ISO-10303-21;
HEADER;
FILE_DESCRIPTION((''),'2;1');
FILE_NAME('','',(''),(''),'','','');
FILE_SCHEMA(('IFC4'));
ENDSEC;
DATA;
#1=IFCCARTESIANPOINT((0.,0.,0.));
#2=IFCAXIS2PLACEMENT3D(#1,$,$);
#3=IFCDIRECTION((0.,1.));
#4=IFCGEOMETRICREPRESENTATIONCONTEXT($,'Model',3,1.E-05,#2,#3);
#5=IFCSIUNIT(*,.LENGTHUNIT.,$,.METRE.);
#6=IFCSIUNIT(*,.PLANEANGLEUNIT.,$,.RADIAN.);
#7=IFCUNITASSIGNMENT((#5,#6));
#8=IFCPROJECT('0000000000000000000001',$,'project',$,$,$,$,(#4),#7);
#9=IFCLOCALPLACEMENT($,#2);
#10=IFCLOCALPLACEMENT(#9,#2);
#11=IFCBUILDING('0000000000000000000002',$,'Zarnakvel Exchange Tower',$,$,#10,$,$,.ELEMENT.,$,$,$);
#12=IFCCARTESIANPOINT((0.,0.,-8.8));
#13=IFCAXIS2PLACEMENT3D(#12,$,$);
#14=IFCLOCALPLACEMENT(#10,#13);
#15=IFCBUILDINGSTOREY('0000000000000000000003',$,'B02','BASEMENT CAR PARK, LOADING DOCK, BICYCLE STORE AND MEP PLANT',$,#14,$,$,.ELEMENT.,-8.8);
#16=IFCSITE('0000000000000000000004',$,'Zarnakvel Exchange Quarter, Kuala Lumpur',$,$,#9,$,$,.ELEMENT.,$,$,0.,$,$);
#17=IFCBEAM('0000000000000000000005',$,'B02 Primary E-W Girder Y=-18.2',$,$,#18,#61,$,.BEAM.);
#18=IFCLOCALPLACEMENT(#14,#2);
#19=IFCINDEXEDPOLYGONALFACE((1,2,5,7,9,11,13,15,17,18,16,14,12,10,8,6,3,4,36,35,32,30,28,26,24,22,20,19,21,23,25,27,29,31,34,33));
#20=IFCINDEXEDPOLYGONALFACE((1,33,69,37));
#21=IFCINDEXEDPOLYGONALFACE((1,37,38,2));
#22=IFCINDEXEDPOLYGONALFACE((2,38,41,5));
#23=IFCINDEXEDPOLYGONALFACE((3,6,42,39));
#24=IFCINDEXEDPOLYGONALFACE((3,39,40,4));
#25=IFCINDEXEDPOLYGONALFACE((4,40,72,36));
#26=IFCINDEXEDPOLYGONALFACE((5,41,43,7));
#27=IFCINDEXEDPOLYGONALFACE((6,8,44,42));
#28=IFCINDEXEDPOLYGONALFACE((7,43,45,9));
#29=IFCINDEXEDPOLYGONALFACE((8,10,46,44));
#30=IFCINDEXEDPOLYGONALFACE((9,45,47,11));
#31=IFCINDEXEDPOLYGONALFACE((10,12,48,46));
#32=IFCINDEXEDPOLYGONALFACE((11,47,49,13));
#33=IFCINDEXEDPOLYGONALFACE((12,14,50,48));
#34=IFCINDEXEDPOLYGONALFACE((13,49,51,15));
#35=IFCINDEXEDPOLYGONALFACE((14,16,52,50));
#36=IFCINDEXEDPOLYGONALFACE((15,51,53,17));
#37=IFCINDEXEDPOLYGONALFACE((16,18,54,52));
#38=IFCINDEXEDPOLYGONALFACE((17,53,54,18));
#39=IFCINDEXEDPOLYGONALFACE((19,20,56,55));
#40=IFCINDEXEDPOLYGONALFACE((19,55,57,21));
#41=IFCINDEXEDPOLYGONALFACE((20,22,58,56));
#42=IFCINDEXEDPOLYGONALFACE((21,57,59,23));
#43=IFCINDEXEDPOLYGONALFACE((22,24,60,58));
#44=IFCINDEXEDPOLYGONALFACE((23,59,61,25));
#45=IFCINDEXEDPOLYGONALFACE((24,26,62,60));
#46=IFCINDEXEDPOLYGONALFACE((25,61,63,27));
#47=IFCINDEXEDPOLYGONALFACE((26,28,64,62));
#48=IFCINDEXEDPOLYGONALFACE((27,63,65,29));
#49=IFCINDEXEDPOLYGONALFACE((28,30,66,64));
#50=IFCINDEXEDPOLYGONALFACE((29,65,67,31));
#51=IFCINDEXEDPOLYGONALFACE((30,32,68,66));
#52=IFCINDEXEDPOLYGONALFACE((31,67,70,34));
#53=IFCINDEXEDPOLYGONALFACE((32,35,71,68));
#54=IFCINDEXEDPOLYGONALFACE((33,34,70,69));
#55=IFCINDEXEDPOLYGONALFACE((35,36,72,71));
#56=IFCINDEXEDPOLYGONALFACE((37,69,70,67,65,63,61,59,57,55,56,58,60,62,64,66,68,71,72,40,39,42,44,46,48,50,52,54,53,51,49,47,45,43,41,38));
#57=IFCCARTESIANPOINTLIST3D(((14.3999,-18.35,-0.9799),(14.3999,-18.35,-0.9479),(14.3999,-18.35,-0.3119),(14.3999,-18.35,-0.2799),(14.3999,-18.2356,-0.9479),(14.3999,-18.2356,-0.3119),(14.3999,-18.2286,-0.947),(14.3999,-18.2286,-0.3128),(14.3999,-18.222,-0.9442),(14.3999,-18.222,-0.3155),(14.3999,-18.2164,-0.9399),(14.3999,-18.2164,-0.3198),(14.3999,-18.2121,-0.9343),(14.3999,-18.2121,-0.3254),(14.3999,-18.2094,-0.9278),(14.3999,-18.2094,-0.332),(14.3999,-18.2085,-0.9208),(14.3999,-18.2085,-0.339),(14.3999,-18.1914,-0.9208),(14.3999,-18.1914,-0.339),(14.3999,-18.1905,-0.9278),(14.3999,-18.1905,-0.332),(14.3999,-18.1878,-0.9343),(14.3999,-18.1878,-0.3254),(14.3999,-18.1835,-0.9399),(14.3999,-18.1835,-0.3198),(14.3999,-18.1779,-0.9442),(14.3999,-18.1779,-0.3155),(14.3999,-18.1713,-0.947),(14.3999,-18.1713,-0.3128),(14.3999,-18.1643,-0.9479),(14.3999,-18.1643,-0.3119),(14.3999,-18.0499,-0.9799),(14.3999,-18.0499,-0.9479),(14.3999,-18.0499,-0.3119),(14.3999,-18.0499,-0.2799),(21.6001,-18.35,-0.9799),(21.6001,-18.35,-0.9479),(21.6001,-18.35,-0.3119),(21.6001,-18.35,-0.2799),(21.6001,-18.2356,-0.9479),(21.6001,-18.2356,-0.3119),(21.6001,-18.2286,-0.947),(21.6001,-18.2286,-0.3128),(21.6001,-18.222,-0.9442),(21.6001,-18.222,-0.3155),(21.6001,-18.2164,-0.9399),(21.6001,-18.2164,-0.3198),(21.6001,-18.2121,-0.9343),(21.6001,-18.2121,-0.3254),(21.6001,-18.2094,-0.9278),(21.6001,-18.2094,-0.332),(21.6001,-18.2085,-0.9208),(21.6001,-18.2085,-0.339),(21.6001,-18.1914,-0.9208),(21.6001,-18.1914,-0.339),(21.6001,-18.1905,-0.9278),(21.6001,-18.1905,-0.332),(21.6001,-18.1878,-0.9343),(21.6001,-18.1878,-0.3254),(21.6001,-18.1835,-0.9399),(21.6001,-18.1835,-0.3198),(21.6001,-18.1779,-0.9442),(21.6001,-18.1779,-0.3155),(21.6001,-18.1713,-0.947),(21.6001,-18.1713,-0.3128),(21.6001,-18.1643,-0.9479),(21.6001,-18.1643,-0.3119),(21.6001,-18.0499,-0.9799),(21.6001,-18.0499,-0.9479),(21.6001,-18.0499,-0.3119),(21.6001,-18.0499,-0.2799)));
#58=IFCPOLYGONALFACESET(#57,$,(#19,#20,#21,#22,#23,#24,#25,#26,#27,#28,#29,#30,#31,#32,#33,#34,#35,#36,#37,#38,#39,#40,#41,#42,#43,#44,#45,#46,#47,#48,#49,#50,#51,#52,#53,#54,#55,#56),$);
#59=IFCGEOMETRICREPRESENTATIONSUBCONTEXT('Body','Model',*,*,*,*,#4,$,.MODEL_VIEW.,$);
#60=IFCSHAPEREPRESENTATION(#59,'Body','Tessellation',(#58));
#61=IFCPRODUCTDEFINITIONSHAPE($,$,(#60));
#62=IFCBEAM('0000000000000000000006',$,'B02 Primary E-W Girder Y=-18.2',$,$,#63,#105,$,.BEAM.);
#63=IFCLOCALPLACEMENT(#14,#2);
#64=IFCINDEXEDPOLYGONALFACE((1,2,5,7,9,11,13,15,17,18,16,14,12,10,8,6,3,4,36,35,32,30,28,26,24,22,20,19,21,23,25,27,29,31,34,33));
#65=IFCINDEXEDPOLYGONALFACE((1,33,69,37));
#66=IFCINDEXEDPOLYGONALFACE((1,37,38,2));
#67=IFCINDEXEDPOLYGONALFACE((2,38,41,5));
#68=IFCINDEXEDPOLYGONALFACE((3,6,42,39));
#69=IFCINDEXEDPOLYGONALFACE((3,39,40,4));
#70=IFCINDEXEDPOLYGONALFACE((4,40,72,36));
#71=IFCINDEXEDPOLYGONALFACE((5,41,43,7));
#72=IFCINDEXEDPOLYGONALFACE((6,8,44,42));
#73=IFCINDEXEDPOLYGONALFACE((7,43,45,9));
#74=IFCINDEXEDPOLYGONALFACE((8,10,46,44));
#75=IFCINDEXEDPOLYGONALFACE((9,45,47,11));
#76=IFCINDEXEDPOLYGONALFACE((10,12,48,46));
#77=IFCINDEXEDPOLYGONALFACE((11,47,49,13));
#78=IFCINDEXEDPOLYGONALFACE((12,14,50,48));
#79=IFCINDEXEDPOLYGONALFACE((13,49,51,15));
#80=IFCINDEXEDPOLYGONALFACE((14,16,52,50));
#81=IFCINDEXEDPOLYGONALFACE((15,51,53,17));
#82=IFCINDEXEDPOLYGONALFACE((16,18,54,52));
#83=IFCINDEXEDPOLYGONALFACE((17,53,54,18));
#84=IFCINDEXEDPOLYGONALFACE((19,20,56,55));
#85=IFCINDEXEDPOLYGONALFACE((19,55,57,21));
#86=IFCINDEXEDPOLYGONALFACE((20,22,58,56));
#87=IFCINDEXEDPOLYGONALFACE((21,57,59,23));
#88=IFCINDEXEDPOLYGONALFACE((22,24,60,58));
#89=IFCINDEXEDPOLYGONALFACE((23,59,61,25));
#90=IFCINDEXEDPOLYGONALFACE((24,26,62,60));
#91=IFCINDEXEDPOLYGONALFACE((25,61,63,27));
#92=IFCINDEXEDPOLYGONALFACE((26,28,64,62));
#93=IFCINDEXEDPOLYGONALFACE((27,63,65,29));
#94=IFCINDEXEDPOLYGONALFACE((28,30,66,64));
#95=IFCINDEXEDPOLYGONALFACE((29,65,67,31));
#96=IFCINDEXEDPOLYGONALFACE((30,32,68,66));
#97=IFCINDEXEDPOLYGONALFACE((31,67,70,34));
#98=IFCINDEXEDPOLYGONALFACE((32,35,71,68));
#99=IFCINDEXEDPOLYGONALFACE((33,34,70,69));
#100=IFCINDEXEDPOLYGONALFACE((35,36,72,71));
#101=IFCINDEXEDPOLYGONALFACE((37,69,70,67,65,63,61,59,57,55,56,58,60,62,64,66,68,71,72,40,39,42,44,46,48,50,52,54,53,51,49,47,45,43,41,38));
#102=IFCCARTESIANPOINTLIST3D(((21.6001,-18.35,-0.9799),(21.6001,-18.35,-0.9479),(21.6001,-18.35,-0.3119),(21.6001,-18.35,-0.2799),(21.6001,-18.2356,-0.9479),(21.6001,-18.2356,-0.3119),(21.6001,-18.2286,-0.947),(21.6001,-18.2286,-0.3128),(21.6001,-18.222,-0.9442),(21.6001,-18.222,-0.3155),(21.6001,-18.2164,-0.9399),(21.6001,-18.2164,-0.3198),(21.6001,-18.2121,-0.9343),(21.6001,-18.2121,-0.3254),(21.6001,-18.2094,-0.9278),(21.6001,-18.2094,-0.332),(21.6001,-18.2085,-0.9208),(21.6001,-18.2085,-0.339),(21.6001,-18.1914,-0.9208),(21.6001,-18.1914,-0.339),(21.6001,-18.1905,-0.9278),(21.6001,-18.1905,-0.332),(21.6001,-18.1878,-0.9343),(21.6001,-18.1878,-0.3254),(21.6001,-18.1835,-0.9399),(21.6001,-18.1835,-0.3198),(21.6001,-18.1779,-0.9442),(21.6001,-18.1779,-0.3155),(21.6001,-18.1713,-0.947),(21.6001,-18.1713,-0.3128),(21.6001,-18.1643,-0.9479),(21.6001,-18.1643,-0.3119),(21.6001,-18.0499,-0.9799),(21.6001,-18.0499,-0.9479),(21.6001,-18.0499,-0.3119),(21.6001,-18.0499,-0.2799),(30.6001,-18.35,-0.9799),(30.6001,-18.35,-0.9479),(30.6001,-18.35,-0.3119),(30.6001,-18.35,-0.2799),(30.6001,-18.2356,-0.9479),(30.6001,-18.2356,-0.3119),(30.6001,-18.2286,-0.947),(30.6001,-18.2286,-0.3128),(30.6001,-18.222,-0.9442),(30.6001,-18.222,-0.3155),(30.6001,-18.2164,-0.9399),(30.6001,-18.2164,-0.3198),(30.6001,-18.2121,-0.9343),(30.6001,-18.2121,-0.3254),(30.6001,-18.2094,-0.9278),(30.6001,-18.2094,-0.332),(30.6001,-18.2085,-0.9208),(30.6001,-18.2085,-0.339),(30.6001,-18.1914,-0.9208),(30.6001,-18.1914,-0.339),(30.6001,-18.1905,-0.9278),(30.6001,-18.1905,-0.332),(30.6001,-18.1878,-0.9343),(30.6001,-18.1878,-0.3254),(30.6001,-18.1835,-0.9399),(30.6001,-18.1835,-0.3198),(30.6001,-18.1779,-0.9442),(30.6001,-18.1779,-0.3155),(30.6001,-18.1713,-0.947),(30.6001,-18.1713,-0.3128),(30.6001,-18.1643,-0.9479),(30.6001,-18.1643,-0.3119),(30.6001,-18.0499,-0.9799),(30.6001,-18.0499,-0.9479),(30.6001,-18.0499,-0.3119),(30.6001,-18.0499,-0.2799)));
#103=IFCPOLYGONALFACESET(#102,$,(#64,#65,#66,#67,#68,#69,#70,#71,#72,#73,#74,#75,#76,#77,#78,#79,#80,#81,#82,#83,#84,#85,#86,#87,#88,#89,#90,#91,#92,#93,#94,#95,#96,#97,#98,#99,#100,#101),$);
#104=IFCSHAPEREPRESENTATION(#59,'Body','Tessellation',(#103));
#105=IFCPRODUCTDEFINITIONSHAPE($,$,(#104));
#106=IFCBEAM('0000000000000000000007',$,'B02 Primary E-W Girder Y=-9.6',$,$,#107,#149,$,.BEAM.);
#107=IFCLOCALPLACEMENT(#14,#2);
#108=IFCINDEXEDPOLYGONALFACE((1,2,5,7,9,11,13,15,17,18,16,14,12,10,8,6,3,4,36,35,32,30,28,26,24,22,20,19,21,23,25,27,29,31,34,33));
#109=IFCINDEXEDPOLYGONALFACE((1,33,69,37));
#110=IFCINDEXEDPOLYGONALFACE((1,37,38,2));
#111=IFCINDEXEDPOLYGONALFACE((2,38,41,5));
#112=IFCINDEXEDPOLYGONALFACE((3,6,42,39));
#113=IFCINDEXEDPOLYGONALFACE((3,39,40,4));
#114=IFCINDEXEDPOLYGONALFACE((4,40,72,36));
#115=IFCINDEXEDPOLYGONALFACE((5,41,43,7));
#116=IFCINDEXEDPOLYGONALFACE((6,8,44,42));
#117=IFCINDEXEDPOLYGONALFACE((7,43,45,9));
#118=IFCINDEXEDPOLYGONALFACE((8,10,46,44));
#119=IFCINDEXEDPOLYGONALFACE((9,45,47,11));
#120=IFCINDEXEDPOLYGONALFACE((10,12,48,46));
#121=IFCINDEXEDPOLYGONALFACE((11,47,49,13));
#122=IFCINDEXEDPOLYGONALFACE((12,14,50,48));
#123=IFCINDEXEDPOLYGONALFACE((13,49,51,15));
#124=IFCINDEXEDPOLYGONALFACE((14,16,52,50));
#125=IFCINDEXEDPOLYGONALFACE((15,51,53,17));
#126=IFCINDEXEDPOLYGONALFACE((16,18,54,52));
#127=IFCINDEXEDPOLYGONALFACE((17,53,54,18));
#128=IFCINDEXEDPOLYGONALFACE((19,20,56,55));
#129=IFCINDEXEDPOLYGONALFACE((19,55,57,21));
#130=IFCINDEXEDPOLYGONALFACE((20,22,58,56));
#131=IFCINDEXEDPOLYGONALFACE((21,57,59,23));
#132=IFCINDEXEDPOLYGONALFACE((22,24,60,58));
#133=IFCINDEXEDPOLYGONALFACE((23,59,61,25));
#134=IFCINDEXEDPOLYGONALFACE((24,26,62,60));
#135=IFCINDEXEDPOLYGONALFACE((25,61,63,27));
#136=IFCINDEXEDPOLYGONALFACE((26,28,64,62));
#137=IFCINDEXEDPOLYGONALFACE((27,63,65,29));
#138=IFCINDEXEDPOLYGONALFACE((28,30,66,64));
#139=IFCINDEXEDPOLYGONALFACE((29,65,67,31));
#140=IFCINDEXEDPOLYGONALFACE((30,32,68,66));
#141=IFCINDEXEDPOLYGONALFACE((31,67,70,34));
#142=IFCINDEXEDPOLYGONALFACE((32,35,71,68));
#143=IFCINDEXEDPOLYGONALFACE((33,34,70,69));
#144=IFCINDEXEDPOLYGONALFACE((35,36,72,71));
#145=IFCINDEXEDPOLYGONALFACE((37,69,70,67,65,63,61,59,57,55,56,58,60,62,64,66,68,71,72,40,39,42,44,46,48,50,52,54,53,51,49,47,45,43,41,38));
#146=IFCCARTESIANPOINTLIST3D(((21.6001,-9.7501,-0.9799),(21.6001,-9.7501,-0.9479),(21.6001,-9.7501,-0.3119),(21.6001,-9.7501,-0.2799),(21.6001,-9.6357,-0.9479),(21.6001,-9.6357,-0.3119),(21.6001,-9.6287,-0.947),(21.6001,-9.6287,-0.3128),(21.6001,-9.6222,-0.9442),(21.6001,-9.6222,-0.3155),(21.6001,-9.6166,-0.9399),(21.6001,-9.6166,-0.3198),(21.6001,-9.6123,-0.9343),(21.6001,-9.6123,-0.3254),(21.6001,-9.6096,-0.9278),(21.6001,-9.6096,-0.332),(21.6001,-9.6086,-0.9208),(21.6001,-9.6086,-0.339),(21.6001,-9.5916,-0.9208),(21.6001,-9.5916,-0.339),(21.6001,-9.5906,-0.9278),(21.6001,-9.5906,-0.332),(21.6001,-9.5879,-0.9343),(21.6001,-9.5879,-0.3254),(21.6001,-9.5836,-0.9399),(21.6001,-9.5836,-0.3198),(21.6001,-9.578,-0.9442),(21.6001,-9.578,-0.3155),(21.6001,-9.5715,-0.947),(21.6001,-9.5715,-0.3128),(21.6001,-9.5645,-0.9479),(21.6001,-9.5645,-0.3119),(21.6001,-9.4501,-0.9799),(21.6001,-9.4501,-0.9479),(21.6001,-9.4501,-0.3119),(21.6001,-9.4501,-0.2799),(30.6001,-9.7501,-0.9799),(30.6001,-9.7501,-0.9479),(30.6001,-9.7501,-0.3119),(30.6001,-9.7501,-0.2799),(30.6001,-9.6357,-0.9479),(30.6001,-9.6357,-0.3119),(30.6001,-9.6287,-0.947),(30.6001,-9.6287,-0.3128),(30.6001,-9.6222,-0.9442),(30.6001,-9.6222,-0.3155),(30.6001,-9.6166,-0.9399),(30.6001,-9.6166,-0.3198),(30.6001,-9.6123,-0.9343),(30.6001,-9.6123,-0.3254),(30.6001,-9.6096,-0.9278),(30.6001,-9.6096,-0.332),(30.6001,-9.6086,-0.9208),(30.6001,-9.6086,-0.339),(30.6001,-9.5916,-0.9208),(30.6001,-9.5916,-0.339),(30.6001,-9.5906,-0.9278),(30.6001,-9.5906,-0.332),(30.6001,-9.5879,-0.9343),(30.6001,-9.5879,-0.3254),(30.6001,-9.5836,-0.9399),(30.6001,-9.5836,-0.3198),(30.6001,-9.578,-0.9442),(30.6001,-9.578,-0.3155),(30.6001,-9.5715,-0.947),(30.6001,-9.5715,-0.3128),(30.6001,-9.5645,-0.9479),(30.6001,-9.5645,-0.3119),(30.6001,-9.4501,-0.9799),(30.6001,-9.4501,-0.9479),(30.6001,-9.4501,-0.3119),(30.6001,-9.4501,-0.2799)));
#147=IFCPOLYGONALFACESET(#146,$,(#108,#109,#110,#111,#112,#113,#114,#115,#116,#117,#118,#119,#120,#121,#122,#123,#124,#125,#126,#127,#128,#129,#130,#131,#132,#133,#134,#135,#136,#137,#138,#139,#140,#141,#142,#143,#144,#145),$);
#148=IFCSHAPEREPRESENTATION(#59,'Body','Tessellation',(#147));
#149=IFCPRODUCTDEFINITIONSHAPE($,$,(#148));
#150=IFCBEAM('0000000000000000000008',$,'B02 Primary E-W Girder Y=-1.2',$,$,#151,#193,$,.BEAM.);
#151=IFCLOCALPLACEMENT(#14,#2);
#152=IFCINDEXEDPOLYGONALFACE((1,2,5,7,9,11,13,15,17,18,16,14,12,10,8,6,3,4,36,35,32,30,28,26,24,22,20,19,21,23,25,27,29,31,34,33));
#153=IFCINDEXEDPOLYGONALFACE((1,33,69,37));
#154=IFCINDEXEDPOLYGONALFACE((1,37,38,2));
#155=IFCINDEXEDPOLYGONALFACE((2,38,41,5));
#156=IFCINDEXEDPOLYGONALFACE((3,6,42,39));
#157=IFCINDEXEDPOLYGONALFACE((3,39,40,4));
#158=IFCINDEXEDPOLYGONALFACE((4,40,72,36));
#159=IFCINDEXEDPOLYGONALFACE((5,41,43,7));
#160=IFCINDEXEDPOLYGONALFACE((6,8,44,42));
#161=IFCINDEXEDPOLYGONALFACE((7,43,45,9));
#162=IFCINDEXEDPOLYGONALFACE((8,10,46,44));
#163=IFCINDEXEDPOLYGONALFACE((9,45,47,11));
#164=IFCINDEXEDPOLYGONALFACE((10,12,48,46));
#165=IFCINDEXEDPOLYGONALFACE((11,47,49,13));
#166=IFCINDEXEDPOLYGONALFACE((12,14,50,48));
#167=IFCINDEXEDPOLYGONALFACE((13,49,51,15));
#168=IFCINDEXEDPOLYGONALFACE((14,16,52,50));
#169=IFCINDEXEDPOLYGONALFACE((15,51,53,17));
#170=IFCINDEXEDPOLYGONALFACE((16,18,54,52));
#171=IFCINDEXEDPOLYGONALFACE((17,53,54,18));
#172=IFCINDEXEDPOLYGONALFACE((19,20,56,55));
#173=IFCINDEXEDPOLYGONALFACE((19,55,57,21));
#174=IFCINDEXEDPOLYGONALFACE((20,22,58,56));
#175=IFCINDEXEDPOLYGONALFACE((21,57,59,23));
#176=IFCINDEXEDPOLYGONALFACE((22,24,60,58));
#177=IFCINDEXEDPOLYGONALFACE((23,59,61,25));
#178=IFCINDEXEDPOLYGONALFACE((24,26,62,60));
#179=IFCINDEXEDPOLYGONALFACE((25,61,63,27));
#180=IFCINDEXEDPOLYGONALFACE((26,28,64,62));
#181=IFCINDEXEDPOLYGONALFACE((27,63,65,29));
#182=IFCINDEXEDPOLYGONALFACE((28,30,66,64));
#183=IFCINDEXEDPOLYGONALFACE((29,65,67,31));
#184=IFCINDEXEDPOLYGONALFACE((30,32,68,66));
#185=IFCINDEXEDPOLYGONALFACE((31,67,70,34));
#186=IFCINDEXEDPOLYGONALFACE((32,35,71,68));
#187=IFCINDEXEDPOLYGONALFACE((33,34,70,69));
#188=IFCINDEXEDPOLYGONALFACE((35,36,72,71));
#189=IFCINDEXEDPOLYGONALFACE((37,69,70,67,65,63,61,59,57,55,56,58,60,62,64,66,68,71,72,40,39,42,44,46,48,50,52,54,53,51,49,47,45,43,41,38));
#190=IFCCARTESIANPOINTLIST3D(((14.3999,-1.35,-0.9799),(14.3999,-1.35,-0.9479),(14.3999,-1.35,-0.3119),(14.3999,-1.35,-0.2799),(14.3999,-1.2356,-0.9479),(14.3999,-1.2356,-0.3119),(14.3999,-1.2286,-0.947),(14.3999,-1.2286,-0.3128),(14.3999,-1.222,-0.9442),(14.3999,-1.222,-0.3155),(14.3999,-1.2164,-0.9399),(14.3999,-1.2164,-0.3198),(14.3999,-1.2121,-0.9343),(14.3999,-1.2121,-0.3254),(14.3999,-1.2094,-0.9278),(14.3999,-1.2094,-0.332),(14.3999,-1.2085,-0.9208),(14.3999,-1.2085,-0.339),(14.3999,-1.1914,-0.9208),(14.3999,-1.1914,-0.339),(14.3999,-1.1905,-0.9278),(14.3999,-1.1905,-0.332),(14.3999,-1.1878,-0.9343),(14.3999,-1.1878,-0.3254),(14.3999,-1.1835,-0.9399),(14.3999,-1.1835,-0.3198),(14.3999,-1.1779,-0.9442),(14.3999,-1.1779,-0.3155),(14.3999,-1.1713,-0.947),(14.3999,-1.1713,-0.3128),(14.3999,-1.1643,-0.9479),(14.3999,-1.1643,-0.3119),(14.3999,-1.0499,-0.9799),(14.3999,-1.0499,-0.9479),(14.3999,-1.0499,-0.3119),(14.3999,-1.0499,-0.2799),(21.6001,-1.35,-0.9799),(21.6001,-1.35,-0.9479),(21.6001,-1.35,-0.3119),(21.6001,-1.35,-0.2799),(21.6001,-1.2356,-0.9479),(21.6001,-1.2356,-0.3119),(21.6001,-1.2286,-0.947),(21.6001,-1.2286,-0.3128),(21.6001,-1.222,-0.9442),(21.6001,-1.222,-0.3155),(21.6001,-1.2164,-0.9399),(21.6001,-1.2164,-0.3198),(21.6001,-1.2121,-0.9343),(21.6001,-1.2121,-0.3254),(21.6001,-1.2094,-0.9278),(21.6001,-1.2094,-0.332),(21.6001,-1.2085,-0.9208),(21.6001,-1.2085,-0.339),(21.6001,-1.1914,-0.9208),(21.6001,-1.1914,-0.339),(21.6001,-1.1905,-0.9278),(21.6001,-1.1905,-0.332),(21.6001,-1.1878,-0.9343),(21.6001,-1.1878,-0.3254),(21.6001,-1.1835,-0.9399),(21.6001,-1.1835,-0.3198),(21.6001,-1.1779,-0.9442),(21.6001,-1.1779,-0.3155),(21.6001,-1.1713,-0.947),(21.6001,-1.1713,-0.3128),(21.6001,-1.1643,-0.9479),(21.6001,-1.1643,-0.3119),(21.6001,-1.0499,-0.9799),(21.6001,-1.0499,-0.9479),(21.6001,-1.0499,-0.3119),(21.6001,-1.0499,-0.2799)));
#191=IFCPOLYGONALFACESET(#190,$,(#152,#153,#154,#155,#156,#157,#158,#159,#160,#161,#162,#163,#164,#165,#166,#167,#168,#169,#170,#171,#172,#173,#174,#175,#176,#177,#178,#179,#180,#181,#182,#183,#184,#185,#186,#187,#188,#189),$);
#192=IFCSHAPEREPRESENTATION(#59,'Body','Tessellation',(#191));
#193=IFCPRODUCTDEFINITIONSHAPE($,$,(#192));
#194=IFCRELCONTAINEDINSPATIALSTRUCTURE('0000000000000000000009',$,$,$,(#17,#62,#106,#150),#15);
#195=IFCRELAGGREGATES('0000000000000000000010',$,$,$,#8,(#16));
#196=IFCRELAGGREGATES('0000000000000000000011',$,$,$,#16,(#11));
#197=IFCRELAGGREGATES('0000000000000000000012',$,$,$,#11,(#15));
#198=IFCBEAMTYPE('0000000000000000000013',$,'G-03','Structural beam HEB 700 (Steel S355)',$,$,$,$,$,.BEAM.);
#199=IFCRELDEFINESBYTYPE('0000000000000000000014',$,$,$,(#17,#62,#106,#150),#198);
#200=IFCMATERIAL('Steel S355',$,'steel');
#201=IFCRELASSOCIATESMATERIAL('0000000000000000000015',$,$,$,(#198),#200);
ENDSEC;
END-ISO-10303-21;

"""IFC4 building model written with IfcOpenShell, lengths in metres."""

from ifc_helpers import new_model, si_unit, direction, frame, origin, origin_2d, place, context, subcontext, project, spatial, i_section, extrude, material, material_profile, profile_set, type_object, element, save


model = new_model("IFC4")

# Units and contexts
model_context = context("Model", 3, precision=1e-05, world=origin(), true_north=direction((0.0, 1.0)))
body_context = subcontext(model_context, "Body", "Model", "MODEL_VIEW")
ifc_project = project(units=[si_unit("LENGTHUNIT", "METRE"), si_unit("PLANEANGLEUNIT", "RADIAN")], contexts=[model_context])

# Site, building, storey
site_placement = place(None, origin())
site = spatial("IfcSite", under=ifc_project, at=site_placement, Name="Zarnakvel Exchange Quarter, Kuala Lumpur", CompositionType="ELEMENT", RefElevation=0.0)
building_placement = place(site_placement, origin())
building = spatial("IfcBuilding", under=site, at=building_placement, Name="Zarnakvel Exchange Tower", CompositionType="ELEMENT")
storey_placement = place(building_placement, frame((0.0, 0.0, -8.8)))
storey = spatial("IfcBuildingStorey", under=building, at=storey_placement, Name="B02", Description="BASEMENT CAR PARK, LOADING DOCK, BICYCLE STORE AND MEP PLANT", CompositionType="ELEMENT", Elevation=-8.8)

# Beams
ifc_material_1 = material(Name="Steel S355", Category="steel")
ifc_material_profile_1 = material_profile(ifc_material_1, i_section(OverallWidth=0.3, OverallDepth=0.7, WebThickness=0.0171, FlangeThickness=0.032, FilletRadius=0.0271, at=origin_2d()))
ifc_profile_set_1 = profile_set([ifc_material_profile_1], Name="Steel S355")
beam_type_1 = type_object("IfcBeamType", Name="G-03", Description="Structural beam HEB 700 (Steel S355)", PredefinedType="BEAM", material=ifc_profile_set_1)
beam_1_placement = place(storey_placement, frame((14.3999, -18.2, -0.6299), z_axis=(1.0, 0.0, 0.0), x_axis=(0.0, 1.0, 0.0)))
element("IfcBeam", 1, at=beam_1_placement, inside=storey, type_object=beam_type_1, Name="B02 Primary E-W Girder Y=-18.2", PredefinedType="BEAM", context=body_context, shape_type="SweptSolid", body=[
    extrude(i_section(OverallWidth=0.3, OverallDepth=0.7, WebThickness=0.0171, FlangeThickness=0.032, FilletRadius=0.0271, at=origin_2d()), origin(), (0.0, 0.0, 1.0), 7.2002),
])
for number, where, z_axis, x_axis, name in (
    (2, (21.6001, -18.2, -0.6299), (1.0, 0.0, 0.0), (0.0, 1.0, 0.0), "B02 Primary E-W Girder Y=-18.2"),
    (3, (21.6001, -9.6001, -0.6299), (1.0, 0.0, 0.0), (0.0, 1.0, 0.0), "B02 Primary E-W Girder Y=-9.6"),
):
    element("IfcBeam", number, at=place(storey_placement, frame(where, z_axis=z_axis, x_axis=x_axis)), inside=storey, type_object=beam_type_1, Name=name, PredefinedType="BEAM", context=body_context, shape_type="SweptSolid", body=[
        extrude(i_section(OverallWidth=0.3, OverallDepth=0.7, WebThickness=0.0171, FlangeThickness=0.032, FilletRadius=0.0271, at=origin_2d()), origin(), (0.0, 0.0, 1.0), 9.0),
    ])
beam_2_placement = place(storey_placement, frame((14.3999, -1.2, -0.6299), z_axis=(1.0, 0.0, 0.0), x_axis=(0.0, 1.0, 0.0)))
element("IfcBeam", 4, at=beam_2_placement, inside=storey, type_object=beam_type_1, Name="B02 Primary E-W Girder Y=-1.2", PredefinedType="BEAM", context=body_context, shape_type="SweptSolid", body=[
    extrude(i_section(OverallWidth=0.3, OverallDepth=0.7, WebThickness=0.0171, FlangeThickness=0.032, FilletRadius=0.0271, at=origin_2d()), origin(), (0.0, 0.0, 1.0), 7.2002),
])

save(model, "model.ifc")
